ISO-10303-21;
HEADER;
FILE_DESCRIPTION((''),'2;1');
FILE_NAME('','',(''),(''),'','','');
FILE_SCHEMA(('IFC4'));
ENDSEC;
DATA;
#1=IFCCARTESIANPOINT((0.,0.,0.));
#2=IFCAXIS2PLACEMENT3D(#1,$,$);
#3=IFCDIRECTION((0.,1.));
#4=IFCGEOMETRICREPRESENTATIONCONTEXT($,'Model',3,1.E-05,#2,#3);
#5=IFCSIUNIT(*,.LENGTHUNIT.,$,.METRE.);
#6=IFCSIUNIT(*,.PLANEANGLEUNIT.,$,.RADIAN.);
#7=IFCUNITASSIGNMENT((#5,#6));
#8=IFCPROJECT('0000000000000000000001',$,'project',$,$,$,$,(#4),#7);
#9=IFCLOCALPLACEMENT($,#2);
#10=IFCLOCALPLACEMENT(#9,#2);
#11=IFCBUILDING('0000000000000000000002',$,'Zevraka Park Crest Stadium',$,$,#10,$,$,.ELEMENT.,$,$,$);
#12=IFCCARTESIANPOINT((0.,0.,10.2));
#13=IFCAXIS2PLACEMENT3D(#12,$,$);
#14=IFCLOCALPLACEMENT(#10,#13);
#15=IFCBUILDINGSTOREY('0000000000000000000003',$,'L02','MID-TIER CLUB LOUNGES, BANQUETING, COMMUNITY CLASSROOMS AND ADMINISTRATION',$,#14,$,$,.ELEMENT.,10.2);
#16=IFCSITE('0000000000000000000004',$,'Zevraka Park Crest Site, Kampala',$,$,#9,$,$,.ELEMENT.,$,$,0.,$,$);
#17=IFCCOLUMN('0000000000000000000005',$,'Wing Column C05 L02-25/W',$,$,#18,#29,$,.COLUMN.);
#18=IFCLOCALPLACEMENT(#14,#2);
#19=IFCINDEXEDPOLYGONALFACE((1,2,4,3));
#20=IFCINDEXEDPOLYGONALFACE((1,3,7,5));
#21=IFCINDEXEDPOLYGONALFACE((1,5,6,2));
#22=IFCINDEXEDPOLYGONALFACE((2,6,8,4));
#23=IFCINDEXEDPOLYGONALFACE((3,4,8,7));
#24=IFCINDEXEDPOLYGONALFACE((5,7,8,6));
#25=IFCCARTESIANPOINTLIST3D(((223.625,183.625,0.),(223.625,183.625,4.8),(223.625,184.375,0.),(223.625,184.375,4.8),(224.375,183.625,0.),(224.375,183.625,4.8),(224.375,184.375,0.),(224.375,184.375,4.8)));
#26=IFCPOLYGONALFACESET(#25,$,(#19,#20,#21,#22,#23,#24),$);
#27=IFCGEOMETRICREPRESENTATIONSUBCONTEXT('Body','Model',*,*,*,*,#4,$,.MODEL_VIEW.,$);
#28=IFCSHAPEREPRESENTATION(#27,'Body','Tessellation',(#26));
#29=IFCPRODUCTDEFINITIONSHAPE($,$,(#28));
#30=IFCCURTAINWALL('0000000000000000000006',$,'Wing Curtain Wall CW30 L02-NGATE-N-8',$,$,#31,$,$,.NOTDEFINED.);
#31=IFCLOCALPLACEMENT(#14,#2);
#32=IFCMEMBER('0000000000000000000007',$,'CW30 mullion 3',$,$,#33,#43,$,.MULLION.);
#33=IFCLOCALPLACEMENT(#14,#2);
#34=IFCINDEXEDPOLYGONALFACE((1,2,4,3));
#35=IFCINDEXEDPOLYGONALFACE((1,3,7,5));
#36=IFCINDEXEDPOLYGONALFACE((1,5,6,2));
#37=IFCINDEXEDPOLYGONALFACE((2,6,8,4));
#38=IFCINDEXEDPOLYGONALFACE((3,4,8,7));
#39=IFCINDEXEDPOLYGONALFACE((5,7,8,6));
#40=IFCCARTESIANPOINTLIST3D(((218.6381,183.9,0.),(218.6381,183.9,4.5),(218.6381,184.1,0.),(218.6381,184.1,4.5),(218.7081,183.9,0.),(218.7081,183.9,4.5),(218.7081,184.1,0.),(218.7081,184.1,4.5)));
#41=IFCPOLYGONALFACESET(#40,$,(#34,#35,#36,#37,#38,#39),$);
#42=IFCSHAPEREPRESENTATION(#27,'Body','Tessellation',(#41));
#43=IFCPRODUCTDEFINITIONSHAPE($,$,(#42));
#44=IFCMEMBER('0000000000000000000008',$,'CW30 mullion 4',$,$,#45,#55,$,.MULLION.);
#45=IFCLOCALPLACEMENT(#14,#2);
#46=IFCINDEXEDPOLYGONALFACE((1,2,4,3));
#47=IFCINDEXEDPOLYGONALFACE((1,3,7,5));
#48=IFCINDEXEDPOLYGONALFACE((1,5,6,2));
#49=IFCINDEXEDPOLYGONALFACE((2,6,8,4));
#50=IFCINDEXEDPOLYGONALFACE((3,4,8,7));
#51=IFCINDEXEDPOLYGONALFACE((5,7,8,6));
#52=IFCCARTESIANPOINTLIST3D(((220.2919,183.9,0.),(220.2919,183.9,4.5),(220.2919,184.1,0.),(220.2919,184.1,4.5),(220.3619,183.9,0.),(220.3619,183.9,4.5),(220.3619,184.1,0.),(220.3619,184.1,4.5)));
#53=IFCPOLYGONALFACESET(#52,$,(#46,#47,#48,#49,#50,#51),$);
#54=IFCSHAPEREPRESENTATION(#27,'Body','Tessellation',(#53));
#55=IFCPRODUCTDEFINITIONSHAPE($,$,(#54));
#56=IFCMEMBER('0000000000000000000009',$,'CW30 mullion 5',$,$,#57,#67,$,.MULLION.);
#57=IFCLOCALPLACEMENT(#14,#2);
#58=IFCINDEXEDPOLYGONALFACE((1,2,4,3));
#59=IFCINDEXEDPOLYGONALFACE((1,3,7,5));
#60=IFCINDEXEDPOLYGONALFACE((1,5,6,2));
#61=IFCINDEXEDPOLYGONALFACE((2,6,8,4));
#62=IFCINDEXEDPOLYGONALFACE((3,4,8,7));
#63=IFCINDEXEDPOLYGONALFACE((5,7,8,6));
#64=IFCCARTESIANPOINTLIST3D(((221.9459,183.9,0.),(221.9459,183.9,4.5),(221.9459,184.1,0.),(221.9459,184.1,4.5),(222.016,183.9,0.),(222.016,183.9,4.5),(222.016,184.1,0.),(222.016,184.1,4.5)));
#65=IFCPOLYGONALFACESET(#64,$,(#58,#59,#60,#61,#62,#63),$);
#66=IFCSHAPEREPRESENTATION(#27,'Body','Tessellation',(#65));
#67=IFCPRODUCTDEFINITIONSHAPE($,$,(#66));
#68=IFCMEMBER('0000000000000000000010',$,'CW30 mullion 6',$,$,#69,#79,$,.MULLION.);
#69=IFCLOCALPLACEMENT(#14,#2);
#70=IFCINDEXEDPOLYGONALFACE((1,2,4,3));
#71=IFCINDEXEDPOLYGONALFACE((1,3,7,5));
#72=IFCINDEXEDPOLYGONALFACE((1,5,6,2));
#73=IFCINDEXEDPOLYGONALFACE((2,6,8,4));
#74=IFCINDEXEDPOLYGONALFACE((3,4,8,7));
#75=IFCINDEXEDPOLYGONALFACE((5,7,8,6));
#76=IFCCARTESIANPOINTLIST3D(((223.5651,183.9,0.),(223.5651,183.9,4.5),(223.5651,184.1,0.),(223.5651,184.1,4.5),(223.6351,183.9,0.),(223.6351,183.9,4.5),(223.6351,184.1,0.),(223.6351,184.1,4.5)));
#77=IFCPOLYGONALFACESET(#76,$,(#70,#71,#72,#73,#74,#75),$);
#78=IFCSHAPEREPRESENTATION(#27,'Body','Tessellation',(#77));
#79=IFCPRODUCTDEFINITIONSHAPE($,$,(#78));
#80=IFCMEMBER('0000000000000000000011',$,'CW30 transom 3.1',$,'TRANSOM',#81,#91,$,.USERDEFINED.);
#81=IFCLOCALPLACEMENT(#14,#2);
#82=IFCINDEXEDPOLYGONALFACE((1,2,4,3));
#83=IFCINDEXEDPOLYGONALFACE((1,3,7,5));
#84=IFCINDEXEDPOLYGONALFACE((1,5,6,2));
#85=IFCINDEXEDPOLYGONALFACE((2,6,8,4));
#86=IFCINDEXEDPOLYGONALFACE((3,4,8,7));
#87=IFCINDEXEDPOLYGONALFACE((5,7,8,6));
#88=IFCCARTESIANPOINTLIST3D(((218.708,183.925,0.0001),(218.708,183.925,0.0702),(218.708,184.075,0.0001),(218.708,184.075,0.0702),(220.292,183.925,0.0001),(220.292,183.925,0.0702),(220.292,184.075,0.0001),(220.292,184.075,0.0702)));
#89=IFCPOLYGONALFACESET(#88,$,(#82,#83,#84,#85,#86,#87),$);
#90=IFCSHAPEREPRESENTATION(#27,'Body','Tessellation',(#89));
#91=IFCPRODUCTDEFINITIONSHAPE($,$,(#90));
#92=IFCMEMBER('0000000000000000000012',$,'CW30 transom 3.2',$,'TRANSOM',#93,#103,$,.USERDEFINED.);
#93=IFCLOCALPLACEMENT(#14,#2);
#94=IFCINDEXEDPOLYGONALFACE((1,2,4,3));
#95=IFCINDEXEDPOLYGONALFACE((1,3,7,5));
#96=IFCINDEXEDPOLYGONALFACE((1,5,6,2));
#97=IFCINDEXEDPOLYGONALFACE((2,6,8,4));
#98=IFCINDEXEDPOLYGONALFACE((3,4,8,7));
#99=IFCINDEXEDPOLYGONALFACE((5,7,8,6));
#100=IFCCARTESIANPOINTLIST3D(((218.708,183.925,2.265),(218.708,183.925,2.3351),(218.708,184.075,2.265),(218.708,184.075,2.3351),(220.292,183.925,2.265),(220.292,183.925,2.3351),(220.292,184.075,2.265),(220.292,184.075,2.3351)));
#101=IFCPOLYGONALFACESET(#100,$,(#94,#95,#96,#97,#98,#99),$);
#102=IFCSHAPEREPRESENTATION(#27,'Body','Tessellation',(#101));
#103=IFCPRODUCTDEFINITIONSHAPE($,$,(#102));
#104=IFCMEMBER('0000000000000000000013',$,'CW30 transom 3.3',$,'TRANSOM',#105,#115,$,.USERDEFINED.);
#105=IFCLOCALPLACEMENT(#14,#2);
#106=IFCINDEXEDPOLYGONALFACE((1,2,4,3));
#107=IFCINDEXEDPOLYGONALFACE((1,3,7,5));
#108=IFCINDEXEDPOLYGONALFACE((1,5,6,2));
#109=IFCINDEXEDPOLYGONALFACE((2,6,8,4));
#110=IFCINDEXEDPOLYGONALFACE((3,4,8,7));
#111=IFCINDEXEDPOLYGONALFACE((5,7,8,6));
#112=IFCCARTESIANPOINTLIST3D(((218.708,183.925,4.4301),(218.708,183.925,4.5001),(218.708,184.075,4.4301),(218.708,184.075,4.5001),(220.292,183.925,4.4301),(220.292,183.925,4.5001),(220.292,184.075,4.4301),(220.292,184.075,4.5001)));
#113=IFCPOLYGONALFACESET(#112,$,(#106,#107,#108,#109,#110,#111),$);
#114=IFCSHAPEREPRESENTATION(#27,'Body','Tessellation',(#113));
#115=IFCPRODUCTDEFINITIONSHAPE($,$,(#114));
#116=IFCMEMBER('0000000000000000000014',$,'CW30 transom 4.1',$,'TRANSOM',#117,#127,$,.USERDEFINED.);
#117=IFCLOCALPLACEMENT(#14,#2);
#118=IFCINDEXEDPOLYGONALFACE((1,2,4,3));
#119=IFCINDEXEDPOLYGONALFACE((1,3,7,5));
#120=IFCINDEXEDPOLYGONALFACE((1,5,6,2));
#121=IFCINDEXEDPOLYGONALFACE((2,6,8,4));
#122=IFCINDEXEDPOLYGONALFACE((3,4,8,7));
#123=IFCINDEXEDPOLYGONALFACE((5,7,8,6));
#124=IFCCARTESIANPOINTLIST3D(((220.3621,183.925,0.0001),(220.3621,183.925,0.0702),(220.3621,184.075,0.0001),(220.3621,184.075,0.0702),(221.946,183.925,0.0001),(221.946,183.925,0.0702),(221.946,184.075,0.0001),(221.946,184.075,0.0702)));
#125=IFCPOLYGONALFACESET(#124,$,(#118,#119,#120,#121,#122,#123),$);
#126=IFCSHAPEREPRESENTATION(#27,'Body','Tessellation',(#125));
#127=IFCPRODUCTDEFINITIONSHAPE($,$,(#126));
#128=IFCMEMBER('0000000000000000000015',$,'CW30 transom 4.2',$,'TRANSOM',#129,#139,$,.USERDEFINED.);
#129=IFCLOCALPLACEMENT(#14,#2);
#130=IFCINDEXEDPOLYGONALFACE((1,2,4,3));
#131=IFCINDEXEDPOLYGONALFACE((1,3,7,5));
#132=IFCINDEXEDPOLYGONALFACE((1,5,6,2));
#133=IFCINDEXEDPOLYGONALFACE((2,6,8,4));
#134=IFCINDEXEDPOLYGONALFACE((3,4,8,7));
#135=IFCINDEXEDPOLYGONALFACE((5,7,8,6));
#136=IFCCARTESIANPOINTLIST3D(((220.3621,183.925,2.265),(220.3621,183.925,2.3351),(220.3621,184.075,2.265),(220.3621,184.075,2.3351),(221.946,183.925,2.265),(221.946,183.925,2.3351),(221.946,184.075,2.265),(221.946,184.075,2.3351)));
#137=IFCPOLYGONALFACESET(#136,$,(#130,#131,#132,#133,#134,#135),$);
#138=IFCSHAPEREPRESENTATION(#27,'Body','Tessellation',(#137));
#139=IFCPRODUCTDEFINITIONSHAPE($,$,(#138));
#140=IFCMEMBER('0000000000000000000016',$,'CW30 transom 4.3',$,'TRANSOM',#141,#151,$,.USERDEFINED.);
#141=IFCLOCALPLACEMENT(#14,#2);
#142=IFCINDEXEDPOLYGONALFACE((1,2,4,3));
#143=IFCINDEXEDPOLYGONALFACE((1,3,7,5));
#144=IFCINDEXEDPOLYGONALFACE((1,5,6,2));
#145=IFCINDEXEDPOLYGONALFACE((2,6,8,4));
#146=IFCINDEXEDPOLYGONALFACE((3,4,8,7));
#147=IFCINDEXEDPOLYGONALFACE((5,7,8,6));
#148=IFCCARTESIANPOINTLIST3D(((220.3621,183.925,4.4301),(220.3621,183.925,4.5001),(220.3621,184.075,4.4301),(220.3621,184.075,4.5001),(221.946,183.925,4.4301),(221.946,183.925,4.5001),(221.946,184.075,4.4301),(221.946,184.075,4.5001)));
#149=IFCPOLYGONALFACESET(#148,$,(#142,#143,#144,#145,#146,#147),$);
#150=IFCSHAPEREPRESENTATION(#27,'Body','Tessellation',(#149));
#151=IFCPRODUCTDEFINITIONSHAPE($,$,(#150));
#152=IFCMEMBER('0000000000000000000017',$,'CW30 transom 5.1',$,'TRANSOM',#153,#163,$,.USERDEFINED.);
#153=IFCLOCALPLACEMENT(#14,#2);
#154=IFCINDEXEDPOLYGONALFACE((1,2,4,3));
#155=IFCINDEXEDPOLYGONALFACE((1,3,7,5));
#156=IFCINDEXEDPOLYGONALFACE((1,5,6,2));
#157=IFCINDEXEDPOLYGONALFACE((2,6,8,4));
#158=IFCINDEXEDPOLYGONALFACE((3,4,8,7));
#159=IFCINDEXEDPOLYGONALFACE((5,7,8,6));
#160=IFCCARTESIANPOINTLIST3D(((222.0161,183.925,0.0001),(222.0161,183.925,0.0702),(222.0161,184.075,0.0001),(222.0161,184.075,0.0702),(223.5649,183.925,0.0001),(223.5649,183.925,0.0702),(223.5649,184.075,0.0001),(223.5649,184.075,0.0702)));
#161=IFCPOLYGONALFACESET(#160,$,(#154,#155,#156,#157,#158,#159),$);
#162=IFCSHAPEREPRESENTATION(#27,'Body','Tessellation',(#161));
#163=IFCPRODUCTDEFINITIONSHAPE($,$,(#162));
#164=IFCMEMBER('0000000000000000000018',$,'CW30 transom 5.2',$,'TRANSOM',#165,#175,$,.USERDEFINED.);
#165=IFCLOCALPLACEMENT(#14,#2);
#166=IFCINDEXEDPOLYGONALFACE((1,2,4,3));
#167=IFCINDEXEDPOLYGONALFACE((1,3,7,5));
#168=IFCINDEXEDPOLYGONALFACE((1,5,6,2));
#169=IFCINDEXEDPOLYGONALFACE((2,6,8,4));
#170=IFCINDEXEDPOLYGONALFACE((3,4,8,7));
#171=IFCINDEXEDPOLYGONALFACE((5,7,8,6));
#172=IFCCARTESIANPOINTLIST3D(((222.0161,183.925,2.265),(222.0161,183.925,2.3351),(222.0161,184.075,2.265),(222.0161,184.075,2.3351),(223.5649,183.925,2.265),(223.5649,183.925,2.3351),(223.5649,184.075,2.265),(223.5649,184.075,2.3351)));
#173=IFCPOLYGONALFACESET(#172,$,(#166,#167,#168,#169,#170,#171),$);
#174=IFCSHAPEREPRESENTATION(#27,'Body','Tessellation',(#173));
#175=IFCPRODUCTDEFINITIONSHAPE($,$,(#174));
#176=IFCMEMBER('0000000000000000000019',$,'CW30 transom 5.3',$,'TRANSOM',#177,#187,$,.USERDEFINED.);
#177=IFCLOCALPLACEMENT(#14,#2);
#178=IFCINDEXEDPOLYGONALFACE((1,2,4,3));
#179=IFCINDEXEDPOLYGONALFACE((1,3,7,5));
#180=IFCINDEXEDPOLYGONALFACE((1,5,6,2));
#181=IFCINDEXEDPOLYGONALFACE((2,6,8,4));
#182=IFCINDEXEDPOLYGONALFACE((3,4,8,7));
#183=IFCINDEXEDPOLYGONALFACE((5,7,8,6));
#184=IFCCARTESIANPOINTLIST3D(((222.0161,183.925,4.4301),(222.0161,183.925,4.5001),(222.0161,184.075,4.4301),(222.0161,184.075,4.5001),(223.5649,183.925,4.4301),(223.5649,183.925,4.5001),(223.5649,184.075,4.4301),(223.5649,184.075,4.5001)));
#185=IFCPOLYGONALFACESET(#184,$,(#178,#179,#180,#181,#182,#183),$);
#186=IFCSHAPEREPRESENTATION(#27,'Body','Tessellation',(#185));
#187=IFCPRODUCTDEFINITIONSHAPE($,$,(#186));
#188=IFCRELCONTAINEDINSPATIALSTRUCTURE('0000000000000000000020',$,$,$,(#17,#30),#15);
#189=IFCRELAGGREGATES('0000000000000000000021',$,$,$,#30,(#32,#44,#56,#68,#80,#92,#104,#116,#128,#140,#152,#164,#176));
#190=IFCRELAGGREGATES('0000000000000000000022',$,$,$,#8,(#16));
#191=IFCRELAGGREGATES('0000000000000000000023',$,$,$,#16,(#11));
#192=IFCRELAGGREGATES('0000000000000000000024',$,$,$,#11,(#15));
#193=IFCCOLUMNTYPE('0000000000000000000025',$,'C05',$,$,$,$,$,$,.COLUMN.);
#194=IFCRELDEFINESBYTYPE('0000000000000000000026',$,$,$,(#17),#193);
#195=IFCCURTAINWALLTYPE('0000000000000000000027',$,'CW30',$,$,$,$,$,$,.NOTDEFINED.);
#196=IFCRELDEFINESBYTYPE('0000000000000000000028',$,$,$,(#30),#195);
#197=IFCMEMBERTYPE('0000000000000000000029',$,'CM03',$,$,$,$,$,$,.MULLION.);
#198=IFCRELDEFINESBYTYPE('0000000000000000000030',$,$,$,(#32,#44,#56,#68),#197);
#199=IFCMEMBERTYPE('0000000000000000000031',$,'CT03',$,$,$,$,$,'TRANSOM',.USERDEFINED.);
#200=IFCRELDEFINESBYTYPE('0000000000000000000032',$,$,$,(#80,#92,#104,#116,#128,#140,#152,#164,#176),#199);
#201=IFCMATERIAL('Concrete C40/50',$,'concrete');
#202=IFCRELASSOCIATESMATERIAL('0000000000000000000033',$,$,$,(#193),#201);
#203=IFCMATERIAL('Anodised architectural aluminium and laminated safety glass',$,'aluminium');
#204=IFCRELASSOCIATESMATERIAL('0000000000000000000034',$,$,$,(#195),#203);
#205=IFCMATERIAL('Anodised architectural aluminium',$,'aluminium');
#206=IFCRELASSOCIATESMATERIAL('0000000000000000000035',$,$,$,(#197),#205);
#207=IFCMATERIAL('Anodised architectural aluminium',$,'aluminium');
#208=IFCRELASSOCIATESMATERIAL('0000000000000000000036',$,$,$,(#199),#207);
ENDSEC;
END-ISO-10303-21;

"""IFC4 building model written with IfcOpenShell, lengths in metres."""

from ifc_helpers import new_model, si_unit, direction, frame, origin, origin_2d, place, context, subcontext, project, spatial, rectangle, extrude, material, material_profile, profile_set, type_object, element, aggregate, save


model = new_model("IFC4")

# Units and contexts
model_context = context("Model", 3, precision=1e-05, world=origin(), true_north=direction((0.0, 1.0)))
body_context = subcontext(model_context, "Body", "Model", "MODEL_VIEW")
ifc_project = project(units=[si_unit("LENGTHUNIT", "METRE"), si_unit("PLANEANGLEUNIT", "RADIAN")], contexts=[model_context])

# Site, building, storey
site_placement = place(None, origin())
site = spatial("IfcSite", under=ifc_project, at=site_placement, Name="Zevraka Park Crest Site, Kampala", CompositionType="ELEMENT", RefElevation=0.0)
building_placement = place(site_placement, origin())
building = spatial("IfcBuilding", under=site, at=building_placement, Name="Zevraka Park Crest Stadium", CompositionType="ELEMENT")
storey_placement = place(building_placement, frame((0.0, 0.0, 10.2)))
storey = spatial("IfcBuildingStorey", under=building, at=storey_placement, Name="L02", Description="MID-TIER CLUB LOUNGES, BANQUETING, COMMUNITY CLASSROOMS AND ADMINISTRATION", CompositionType="ELEMENT", Elevation=10.2)

# Column
ifc_material_1 = material(Name="Concrete C40/50", Category="concrete")
ifc_material_profile_1 = material_profile(ifc_material_1, rectangle(XDim=0.75, YDim=0.75, at=origin_2d()), Name="RC 750x750")
ifc_profile_set_1 = profile_set([ifc_material_profile_1], Name="Concrete C40/50")
column_type = type_object("IfcColumnType", Name="C05", PredefinedType="COLUMN", material=ifc_profile_set_1)
column_placement = place(storey_placement, frame((224.0, 184.0, 0.0), z_axis=(0.0, 0.0, 1.0), x_axis=(1.0, 0.0, 0.0)))
element("IfcColumn", 1, at=column_placement, inside=storey, type_object=column_type, Name="Wing Column C05 L02-25/W", PredefinedType="COLUMN", context=body_context, shape_type="SweptSolid", body=[
    extrude(rectangle(XDim=0.75, YDim=0.75, at=origin_2d()), origin(), (0.0, 0.0, 1.0), 4.8),
])

# Curtain wall, members
ifc_material_2 = material(Name="Anodised architectural aluminium and laminated safety glass", Category="aluminium")
curtain_wall_type = type_object("IfcCurtainWallType", Name="CW30", PredefinedType="NOTDEFINED", material=ifc_material_2)
curtain_wall_placement = place(storey_placement, origin())
curtain_wall = element("IfcCurtainWall", 2, at=curtain_wall_placement, inside=storey, type_object=curtain_wall_type, Name="Wing Curtain Wall CW30 L02-NGATE-N-8", PredefinedType="NOTDEFINED")
ifc_material_3 = material(Name="Anodised architectural aluminium", Category="aluminium")
ifc_material_profile_2 = material_profile(ifc_material_3, rectangle(XDim=0.2, YDim=0.0701, at=origin_2d()), Name="ALU MULLION 200x70")
ifc_profile_set_2 = profile_set([ifc_material_profile_2], Name="Anodised architectural aluminium")
member_type_1 = type_object("IfcMemberType", Name="CM03", PredefinedType="MULLION", material=ifc_profile_set_2)
member_1_placement = place(storey_placement, frame((218.6731, 184.0, 0.0), z_axis=(0.0, 0.0, 1.0), x_axis=(0.0, 1.0, 0.0)))
member_1 = element("IfcMember", 3, at=member_1_placement, type_object=member_type_1, Name="CW30 mullion 3", PredefinedType="MULLION", context=body_context, shape_type="SweptSolid", body=[
    extrude(rectangle(XDim=0.2, YDim=0.0701, at=origin_2d()), origin(), (0.0, 0.0, 1.0), 4.5),
])
member_2_placement = place(storey_placement, frame((220.3269, 184.0, 0.0), z_axis=(0.0, 0.0, 1.0), x_axis=(0.0, 1.0, 0.0)))
member_2 = element("IfcMember", 4, at=member_2_placement, type_object=member_type_1, Name="CW30 mullion 4", PredefinedType="MULLION", context=body_context, shape_type="SweptSolid", body=[
    extrude(rectangle(XDim=0.2, YDim=0.0701, at=origin_2d()), origin(), (0.0, 0.0, 1.0), 4.5),
])
member_3_placement = place(storey_placement, frame((221.981, 184.0, 0.0), z_axis=(0.0, 0.0, 1.0), x_axis=(0.0, 1.0, 0.0)))
member_3 = element("IfcMember", 5, at=member_3_placement, type_object=member_type_1, Name="CW30 mullion 5", PredefinedType="MULLION", context=body_context, shape_type="SweptSolid", body=[
    extrude(rectangle(XDim=0.2, YDim=0.0701, at=origin_2d()), origin(), (0.0, 0.0, 1.0), 4.5),
])
member_4_placement = place(storey_placement, frame((223.6001, 184.0, 0.0), z_axis=(0.0, 0.0, 1.0), x_axis=(0.0, 1.0, 0.0)))
member_4 = element("IfcMember", 6, at=member_4_placement, type_object=member_type_1, Name="CW30 mullion 6", PredefinedType="MULLION", context=body_context, shape_type="SweptSolid", body=[
    extrude(rectangle(XDim=0.2, YDim=0.0701, at=origin_2d()), origin(), (0.0, 0.0, 1.0), 4.5),
])
ifc_material_4 = material(Name="Anodised architectural aluminium", Category="aluminium")
ifc_material_profile_3 = material_profile(ifc_material_4, rectangle(XDim=0.1499, YDim=0.0701, at=origin_2d()), Name="ALU TRANSOM 150x70")
ifc_profile_set_3 = profile_set([ifc_material_profile_3], Name="Anodised architectural aluminium")
member_type_2 = type_object("IfcMemberType", Name="CT03", ElementType="TRANSOM", PredefinedType="USERDEFINED", material=ifc_profile_set_3)
member_5_placement = place(storey_placement, frame((218.708, 184.0, 0.0352), z_axis=(1.0, 0.0, 0.0), x_axis=(0.0, 1.0, 0.0)))
member_5 = element("IfcMember", 7, at=member_5_placement, type_object=member_type_2, Name="CW30 transom 3.1", ObjectType="TRANSOM", PredefinedType="USERDEFINED", context=body_context, shape_type="SweptSolid", body=[
    extrude(rectangle(XDim=0.1499, YDim=0.0701, at=origin_2d()), origin(), (0.0, 0.0, 1.0), 1.584),
])
member_6_placement = place(storey_placement, frame((218.708, 184.0, 2.3), z_axis=(1.0, 0.0, 0.0), x_axis=(0.0, 1.0, 0.0)))
member_6 = element("IfcMember", 8, at=member_6_placement, type_object=member_type_2, Name="CW30 transom 3.2", ObjectType="TRANSOM", PredefinedType="USERDEFINED", context=body_context, shape_type="SweptSolid", body=[
    extrude(rectangle(XDim=0.1499, YDim=0.0701, at=origin_2d()), origin(), (0.0, 0.0, 1.0), 1.584),
])
member_7_placement = place(storey_placement, frame((218.708, 184.0, 4.4651), z_axis=(1.0, 0.0, 0.0), x_axis=(0.0, 1.0, 0.0)))
member_7 = element("IfcMember", 9, at=member_7_placement, type_object=member_type_2, Name="CW30 transom 3.3", ObjectType="TRANSOM", PredefinedType="USERDEFINED", context=body_context, shape_type="SweptSolid", body=[
    extrude(rectangle(XDim=0.1499, YDim=0.0701, at=origin_2d()), origin(), (0.0, 0.0, 1.0), 1.584),
])
member_8_placement = place(storey_placement, frame((220.3621, 184.0, 0.0352), z_axis=(1.0, 0.0, 0.0), x_axis=(0.0, 1.0, 0.0)))
member_8 = element("IfcMember", 10, at=member_8_placement, type_object=member_type_2, Name="CW30 transom 4.1", ObjectType="TRANSOM", PredefinedType="USERDEFINED", context=body_context, shape_type="SweptSolid", body=[
    extrude(rectangle(XDim=0.1499, YDim=0.0701, at=origin_2d()), origin(), (0.0, 0.0, 1.0), 1.584),
])
member_9_placement = place(storey_placement, frame((220.3621, 184.0, 2.3), z_axis=(1.0, 0.0, 0.0), x_axis=(0.0, 1.0, 0.0)))
member_9 = element("IfcMember", 11, at=member_9_placement, type_object=member_type_2, Name="CW30 transom 4.2", ObjectType="TRANSOM", PredefinedType="USERDEFINED", context=body_context, shape_type="SweptSolid", body=[
    extrude(rectangle(XDim=0.1499, YDim=0.0701, at=origin_2d()), origin(), (0.0, 0.0, 1.0), 1.584),
])
member_10_placement = place(storey_placement, frame((220.3621, 184.0, 4.4651), z_axis=(1.0, 0.0, 0.0), x_axis=(0.0, 1.0, 0.0)))
member_10 = element("IfcMember", 12, at=member_10_placement, type_object=member_type_2, Name="CW30 transom 4.3", ObjectType="TRANSOM", PredefinedType="USERDEFINED", context=body_context, shape_type="SweptSolid", body=[
    extrude(rectangle(XDim=0.1499, YDim=0.0701, at=origin_2d()), origin(), (0.0, 0.0, 1.0), 1.584),
])
member_11_placement = place(storey_placement, frame((222.0161, 184.0, 0.0352), z_axis=(1.0, 0.0, 0.0), x_axis=(0.0, 1.0, 0.0)))
member_11 = element("IfcMember", 13, at=member_11_placement, type_object=member_type_2, Name="CW30 transom 5.1", ObjectType="TRANSOM", PredefinedType="USERDEFINED", context=body_context, shape_type="SweptSolid", body=[
    extrude(rectangle(XDim=0.1499, YDim=0.0701, at=origin_2d()), origin(), (0.0, 0.0, 1.0), 1.5488),
])
member_12_placement = place(storey_placement, frame((222.0161, 184.0, 2.3), z_axis=(1.0, 0.0, 0.0), x_axis=(0.0, 1.0, 0.0)))
member_12 = element("IfcMember", 14, at=member_12_placement, type_object=member_type_2, Name="CW30 transom 5.2", ObjectType="TRANSOM", PredefinedType="USERDEFINED", context=body_context, shape_type="SweptSolid", body=[
    extrude(rectangle(XDim=0.1499, YDim=0.0701, at=origin_2d()), origin(), (0.0, 0.0, 1.0), 1.5488),
])
member_13_placement = place(storey_placement, frame((222.0161, 184.0, 4.4651), z_axis=(1.0, 0.0, 0.0), x_axis=(0.0, 1.0, 0.0)))
member_13 = element("IfcMember", 15, at=member_13_placement, type_object=member_type_2, Name="CW30 transom 5.3", ObjectType="TRANSOM", PredefinedType="USERDEFINED", context=body_context, shape_type="SweptSolid", body=[
    extrude(rectangle(XDim=0.1499, YDim=0.0701, at=origin_2d()), origin(), (0.0, 0.0, 1.0), 1.5488),
])
aggregate(curtain_wall, [member_1, member_2, member_3, member_4, member_5, member_6, member_7, member_8, member_9, member_10, member_11, member_12, member_13])

save(model, "model.ifc")
